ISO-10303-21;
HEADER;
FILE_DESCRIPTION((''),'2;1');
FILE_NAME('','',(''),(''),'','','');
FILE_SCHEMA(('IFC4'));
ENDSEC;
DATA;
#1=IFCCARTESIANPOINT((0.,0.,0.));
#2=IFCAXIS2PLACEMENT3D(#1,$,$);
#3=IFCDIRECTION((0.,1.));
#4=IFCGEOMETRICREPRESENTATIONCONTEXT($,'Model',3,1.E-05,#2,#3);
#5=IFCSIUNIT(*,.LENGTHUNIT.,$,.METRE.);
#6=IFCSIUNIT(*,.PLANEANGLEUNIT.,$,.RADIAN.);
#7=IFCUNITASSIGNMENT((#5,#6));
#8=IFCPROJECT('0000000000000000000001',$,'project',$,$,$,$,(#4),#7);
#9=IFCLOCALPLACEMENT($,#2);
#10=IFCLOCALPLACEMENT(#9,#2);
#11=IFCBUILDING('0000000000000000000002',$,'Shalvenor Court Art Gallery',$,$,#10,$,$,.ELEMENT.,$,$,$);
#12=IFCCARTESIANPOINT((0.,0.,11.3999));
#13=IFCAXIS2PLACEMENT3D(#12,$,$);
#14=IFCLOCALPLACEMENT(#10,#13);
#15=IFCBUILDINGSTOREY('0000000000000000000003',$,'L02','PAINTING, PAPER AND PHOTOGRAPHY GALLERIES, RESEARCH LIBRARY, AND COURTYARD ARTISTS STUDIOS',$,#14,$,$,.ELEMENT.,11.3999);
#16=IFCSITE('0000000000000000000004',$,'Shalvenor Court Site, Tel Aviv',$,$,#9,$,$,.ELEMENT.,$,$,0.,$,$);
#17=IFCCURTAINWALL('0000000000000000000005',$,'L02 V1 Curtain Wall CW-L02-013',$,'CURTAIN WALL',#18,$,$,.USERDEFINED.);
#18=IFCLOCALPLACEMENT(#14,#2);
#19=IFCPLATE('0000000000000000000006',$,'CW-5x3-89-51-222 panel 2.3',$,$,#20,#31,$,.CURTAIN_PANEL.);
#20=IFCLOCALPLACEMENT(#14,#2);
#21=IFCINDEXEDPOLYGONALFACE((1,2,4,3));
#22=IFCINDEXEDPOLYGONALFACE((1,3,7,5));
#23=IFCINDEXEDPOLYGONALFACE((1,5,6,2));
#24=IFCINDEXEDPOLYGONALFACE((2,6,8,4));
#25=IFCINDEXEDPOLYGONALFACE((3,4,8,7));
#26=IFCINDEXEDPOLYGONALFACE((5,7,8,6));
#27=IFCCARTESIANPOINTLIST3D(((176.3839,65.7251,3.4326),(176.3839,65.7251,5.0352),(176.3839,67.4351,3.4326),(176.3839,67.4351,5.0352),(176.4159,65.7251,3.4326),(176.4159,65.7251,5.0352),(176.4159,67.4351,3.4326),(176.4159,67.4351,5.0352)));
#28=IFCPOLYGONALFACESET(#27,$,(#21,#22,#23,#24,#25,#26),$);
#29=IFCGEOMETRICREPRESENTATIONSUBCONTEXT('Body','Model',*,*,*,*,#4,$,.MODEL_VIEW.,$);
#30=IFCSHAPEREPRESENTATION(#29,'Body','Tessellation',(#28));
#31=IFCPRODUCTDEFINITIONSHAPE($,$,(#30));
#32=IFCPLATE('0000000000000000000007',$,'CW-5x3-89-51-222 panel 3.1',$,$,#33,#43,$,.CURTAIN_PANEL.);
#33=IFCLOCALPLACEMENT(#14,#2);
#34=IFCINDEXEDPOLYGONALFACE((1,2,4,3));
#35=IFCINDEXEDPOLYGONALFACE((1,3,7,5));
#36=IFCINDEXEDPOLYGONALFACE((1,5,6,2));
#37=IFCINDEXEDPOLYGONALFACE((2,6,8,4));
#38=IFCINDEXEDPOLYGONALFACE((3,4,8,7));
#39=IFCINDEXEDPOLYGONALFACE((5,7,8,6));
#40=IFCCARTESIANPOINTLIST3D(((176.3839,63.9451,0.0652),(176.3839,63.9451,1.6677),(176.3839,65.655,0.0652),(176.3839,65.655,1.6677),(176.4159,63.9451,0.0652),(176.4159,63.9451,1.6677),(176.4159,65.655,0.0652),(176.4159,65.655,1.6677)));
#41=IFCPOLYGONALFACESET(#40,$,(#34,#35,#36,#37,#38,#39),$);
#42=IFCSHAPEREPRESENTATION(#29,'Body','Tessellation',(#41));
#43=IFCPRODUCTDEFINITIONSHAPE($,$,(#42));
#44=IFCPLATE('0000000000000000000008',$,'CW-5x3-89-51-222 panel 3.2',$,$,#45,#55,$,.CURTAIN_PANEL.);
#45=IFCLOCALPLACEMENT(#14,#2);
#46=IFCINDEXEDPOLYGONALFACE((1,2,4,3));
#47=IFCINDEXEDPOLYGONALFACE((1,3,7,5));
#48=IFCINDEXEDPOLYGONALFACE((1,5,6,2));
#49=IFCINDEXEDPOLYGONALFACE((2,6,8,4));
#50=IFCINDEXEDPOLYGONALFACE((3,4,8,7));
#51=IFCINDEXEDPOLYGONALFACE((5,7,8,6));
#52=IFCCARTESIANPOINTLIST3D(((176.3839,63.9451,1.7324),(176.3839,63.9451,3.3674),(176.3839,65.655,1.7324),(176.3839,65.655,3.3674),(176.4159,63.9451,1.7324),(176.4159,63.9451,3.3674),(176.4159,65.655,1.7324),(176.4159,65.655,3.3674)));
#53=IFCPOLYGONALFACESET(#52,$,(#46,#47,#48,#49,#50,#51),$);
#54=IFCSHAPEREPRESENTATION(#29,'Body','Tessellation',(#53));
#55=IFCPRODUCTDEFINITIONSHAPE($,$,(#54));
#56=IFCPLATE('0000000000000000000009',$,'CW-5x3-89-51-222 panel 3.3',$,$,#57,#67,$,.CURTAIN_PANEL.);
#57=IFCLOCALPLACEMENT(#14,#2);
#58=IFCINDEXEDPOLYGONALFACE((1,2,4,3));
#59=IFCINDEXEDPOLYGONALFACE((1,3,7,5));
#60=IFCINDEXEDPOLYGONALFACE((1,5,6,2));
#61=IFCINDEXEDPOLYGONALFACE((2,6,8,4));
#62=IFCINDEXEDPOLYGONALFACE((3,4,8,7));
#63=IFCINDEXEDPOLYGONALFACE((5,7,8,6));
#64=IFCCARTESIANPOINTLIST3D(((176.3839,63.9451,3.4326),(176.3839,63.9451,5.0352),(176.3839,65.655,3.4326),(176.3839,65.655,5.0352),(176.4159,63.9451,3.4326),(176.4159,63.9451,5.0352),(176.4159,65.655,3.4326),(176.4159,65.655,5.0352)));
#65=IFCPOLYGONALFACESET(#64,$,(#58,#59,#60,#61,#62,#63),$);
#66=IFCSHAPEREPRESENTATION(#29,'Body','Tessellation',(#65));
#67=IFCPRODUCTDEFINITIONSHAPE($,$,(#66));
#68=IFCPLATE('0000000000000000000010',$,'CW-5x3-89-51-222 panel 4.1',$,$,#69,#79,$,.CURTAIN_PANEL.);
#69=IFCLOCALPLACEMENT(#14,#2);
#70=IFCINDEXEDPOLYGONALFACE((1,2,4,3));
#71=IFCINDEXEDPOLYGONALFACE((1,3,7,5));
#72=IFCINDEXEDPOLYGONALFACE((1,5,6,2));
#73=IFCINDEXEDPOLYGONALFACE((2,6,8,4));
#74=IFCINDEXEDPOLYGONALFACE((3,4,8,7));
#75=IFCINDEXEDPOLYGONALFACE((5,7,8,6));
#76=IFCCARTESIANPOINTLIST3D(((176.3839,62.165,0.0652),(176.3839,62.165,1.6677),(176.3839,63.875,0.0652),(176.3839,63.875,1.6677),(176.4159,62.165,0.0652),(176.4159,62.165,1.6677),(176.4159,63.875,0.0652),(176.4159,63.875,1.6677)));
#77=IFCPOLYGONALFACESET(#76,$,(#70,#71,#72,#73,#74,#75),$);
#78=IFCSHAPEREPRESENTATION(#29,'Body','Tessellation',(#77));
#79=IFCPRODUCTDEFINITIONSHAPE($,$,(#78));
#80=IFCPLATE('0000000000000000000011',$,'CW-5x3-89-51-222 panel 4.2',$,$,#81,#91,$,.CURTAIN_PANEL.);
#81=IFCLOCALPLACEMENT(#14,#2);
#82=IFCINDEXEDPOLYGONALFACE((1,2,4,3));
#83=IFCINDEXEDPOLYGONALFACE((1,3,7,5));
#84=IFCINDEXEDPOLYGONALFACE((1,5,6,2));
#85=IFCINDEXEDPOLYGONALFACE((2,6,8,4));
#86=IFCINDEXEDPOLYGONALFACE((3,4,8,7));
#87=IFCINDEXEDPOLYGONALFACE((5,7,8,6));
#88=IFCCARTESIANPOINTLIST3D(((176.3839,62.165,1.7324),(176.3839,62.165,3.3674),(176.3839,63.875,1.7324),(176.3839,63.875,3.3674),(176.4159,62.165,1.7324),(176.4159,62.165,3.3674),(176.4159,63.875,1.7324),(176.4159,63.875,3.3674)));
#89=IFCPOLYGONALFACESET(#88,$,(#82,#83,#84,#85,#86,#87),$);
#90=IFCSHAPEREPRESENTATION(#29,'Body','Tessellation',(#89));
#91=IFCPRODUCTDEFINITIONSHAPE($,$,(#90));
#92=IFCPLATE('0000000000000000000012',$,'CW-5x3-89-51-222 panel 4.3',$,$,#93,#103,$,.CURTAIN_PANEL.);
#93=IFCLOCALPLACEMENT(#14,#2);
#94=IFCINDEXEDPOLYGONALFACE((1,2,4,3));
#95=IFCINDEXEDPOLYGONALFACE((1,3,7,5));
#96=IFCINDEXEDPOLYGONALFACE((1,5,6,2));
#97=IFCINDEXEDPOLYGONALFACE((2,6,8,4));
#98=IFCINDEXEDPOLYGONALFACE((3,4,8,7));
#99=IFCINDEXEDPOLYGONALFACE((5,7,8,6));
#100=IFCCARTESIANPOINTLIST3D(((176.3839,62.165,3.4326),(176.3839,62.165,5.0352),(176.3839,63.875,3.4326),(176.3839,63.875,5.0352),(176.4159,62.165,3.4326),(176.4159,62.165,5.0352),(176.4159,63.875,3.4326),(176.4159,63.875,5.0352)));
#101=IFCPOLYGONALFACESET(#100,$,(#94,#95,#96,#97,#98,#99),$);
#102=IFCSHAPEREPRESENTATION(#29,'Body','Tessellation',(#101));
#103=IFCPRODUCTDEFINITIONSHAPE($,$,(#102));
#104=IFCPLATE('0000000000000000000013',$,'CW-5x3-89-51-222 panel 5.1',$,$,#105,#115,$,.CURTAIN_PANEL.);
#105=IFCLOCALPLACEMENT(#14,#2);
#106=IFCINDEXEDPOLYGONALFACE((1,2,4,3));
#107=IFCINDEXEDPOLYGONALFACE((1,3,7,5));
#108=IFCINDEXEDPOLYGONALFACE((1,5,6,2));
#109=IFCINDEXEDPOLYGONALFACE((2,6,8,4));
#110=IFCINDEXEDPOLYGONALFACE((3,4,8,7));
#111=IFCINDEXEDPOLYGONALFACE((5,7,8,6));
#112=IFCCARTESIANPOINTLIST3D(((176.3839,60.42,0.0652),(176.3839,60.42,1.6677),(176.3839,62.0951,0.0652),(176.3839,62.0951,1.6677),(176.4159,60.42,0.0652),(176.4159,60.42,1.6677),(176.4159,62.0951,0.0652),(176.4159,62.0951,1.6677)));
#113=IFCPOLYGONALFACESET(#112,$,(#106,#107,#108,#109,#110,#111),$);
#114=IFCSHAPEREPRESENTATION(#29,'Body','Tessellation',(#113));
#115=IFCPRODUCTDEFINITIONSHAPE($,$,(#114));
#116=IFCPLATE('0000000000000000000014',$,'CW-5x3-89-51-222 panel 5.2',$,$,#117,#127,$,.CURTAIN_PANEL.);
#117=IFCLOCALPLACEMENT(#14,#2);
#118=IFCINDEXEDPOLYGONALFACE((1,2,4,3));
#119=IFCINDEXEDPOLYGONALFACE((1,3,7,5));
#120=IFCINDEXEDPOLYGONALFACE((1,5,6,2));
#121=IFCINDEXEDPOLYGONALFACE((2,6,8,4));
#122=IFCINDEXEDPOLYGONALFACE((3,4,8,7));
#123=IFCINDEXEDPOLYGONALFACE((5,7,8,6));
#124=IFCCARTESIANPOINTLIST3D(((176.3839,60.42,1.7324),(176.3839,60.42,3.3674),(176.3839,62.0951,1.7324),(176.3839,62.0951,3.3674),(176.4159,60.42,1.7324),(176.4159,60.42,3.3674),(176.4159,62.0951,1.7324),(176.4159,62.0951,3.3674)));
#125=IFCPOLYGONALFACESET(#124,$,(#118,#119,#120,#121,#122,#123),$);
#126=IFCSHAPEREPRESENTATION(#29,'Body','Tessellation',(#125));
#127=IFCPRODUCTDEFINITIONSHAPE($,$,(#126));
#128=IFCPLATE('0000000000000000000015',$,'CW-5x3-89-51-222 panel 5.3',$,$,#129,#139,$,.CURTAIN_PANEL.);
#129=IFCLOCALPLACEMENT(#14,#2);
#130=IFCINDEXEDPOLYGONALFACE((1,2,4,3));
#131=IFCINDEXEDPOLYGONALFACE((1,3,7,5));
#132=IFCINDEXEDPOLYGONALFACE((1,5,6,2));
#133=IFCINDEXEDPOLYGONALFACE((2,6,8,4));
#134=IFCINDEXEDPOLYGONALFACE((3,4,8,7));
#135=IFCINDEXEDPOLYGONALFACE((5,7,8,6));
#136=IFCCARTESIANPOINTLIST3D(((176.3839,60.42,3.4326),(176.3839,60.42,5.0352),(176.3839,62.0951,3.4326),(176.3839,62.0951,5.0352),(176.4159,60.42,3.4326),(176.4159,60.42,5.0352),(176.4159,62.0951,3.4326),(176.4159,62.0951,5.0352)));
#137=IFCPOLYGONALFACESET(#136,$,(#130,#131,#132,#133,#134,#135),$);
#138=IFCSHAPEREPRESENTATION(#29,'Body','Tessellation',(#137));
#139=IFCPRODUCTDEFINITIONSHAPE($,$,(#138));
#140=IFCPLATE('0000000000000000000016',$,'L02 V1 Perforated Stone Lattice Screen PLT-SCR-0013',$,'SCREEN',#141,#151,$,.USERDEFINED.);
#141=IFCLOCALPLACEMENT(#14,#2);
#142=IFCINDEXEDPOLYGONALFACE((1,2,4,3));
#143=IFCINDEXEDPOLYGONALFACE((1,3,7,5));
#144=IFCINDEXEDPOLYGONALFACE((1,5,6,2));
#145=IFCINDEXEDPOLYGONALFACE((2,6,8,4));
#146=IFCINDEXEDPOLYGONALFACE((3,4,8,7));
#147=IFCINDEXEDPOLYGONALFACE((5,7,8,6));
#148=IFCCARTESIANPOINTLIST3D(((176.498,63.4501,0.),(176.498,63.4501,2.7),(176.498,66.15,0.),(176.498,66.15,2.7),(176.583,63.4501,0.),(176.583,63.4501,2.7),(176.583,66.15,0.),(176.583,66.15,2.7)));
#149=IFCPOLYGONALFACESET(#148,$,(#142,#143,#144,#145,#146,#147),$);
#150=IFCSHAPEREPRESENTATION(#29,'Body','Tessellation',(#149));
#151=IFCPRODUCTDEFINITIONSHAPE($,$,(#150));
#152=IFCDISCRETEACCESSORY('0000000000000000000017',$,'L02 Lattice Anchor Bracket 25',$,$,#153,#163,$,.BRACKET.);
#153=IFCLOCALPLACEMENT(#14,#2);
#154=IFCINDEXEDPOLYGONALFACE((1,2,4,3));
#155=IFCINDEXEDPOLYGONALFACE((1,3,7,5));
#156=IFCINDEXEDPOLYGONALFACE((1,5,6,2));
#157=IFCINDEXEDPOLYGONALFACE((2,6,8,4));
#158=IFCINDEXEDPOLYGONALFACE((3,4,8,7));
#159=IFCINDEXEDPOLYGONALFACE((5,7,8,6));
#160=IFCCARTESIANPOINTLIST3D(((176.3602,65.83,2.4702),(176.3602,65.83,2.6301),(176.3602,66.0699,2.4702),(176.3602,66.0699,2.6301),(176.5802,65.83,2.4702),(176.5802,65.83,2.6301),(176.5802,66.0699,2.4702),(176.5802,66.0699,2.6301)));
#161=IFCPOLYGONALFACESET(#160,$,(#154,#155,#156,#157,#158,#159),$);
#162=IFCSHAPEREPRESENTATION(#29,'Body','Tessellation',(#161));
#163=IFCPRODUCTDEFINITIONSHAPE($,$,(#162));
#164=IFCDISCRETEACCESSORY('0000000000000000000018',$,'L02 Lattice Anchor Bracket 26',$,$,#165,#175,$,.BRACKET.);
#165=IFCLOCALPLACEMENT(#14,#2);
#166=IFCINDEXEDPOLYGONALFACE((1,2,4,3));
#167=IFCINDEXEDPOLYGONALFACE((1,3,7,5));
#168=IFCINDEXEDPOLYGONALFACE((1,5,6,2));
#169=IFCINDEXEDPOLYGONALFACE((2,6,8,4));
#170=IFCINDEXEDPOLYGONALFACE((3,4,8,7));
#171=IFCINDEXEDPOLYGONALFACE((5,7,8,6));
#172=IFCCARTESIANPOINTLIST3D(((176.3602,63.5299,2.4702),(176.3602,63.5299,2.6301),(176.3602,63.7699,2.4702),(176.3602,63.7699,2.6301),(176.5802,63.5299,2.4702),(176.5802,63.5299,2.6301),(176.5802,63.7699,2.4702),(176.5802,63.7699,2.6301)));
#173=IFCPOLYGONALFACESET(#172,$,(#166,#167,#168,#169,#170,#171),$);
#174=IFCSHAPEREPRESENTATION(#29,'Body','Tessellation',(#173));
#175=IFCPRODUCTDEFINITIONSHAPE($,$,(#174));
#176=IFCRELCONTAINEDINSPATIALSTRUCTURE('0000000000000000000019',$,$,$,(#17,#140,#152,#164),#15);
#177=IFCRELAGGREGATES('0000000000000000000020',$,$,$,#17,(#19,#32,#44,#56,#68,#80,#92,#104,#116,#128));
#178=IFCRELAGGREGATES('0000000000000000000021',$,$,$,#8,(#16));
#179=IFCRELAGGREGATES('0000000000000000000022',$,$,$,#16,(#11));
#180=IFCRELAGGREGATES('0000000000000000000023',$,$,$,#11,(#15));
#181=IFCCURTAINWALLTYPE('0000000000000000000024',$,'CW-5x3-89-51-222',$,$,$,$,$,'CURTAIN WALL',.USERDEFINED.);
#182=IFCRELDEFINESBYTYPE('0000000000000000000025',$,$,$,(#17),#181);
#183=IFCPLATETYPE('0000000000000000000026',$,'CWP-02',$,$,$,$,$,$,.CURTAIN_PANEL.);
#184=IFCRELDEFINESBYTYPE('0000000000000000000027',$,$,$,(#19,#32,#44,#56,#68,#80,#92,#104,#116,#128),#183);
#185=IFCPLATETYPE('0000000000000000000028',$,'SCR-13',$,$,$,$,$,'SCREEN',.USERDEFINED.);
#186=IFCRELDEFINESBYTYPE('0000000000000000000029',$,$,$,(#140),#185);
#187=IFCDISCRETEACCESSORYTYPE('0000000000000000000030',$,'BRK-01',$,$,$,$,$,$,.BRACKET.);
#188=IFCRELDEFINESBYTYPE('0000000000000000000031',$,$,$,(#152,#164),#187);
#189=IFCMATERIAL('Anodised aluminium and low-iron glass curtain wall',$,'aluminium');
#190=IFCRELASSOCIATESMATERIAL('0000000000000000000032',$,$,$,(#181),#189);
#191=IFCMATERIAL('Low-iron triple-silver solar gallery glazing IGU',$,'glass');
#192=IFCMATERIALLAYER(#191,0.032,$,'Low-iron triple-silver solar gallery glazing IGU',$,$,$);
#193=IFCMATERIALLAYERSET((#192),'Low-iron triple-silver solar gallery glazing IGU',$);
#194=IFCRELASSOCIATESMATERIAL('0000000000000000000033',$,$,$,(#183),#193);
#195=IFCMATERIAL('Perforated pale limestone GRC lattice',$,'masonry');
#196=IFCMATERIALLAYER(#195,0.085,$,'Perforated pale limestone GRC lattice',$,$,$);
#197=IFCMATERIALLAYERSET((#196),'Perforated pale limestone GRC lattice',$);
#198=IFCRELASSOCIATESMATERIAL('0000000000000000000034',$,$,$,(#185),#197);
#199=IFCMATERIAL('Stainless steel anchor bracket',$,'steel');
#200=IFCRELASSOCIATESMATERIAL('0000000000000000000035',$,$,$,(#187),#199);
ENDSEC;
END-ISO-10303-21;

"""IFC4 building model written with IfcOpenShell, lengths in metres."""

from ifc_helpers import new_model, si_unit, direction, frame, origin, origin_2d, place, context, subcontext, project, spatial, rectangle, extrude, material, layer, layer_set, type_object, element, aggregate, save


model = new_model("IFC4")

# Units and contexts
model_context = context("Model", 3, precision=1e-05, world=origin(), true_north=direction((0.0, 1.0)))
body_context = subcontext(model_context, "Body", "Model", "MODEL_VIEW")
ifc_project = project(units=[si_unit("LENGTHUNIT", "METRE"), si_unit("PLANEANGLEUNIT", "RADIAN")], contexts=[model_context])

# Site, building, storey
site_placement = place(None, origin())
site = spatial("IfcSite", under=ifc_project, at=site_placement, Name="Shalvenor Court Site, Tel Aviv", CompositionType="ELEMENT", RefElevation=0.0)
building_placement = place(site_placement, origin())
building = spatial("IfcBuilding", under=site, at=building_placement, Name="Shalvenor Court Art Gallery", CompositionType="ELEMENT")
storey_placement = place(building_placement, frame((0.0, 0.0, 11.3999)))
storey = spatial("IfcBuildingStorey", under=building, at=storey_placement, Name="L02", Description="PAINTING, PAPER AND PHOTOGRAPHY GALLERIES, RESEARCH LIBRARY, AND COURTYARD ARTISTS STUDIOS", CompositionType="ELEMENT", Elevation=11.3999)

# Curtain wall, plates
ifc_material_1 = material(Name="Anodised aluminium and low-iron glass curtain wall", Category="aluminium")
curtain_wall_type = type_object("IfcCurtainWallType", Name="CW-5x3-89-51-222", ElementType="CURTAIN WALL", PredefinedType="USERDEFINED", material=ifc_material_1)
curtain_wall_placement = place(storey_placement, origin())
curtain_wall = element("IfcCurtainWall", 1, at=curtain_wall_placement, inside=storey, type_object=curtain_wall_type, Name="L02 V1 Curtain Wall CW-L02-013", ObjectType="CURTAIN WALL", PredefinedType="USERDEFINED")
ifc_material_2 = material(Name="Low-iron triple-silver solar gallery glazing IGU", Category="glass")
ifc_layer_1 = layer(ifc_material_2, 0.032, Name="Low-iron triple-silver solar gallery glazing IGU")
ifc_layer_set_1 = layer_set([ifc_layer_1], Name="Low-iron triple-silver solar gallery glazing IGU")
plate_type_1 = type_object("IfcPlateType", Name="CWP-02", PredefinedType="CURTAIN_PANEL", material=ifc_layer_set_1)
plate_1_placement = place(storey_placement, frame((176.3999, 66.5801, 3.4326), z_axis=(0.0, 0.0, 1.0), x_axis=(0.0, -1.0, 0.0)))
plate_1 = element("IfcPlate", 2, at=plate_1_placement, type_object=plate_type_1, Name="CW-5x3-89-51-222 panel 2.3", PredefinedType="CURTAIN_PANEL", context=body_context, shape_type="SweptSolid", body=[
    extrude(rectangle(XDim=1.71, YDim=0.032, at=origin_2d()), origin(), (0.0, 0.0, 1.0), 1.6025),
])
plate_2_placement = place(storey_placement, frame((176.3999, 64.8, 0.0652), z_axis=(0.0, 0.0, 1.0), x_axis=(0.0, -1.0, 0.0)))
plate_2 = element("IfcPlate", 3, at=plate_2_placement, type_object=plate_type_1, Name="CW-5x3-89-51-222 panel 3.1", PredefinedType="CURTAIN_PANEL", context=body_context, shape_type="SweptSolid", body=[
    extrude(rectangle(XDim=1.71, YDim=0.032, at=origin_2d()), origin(), (0.0, 0.0, 1.0), 1.6025),
])
plate_3_placement = place(storey_placement, frame((176.3999, 64.8, 1.7324), z_axis=(0.0, 0.0, 1.0), x_axis=(0.0, -1.0, 0.0)))
plate_3 = element("IfcPlate", 4, at=plate_3_placement, type_object=plate_type_1, Name="CW-5x3-89-51-222 panel 3.2", PredefinedType="CURTAIN_PANEL", context=body_context, shape_type="SweptSolid", body=[
    extrude(rectangle(XDim=1.71, YDim=0.032, at=origin_2d()), origin(), (0.0, 0.0, 1.0), 1.635),
])
plate_4_placement = place(storey_placement, frame((176.3999, 64.8, 3.4326), z_axis=(0.0, 0.0, 1.0), x_axis=(0.0, -1.0, 0.0)))
plate_4 = element("IfcPlate", 5, at=plate_4_placement, type_object=plate_type_1, Name="CW-5x3-89-51-222 panel 3.3", PredefinedType="CURTAIN_PANEL", context=body_context, shape_type="SweptSolid", body=[
    extrude(rectangle(XDim=1.71, YDim=0.032, at=origin_2d()), origin(), (0.0, 0.0, 1.0), 1.6025),
])
plate_5_placement = place(storey_placement, frame((176.3999, 63.02, 0.0652), z_axis=(0.0, 0.0, 1.0), x_axis=(0.0, -1.0, 0.0)))
plate_5 = element("IfcPlate", 6, at=plate_5_placement, type_object=plate_type_1, Name="CW-5x3-89-51-222 panel 4.1", PredefinedType="CURTAIN_PANEL", context=body_context, shape_type="SweptSolid", body=[
    extrude(rectangle(XDim=1.71, YDim=0.032, at=origin_2d()), origin(), (0.0, 0.0, 1.0), 1.6025),
])
plate_6_placement = place(storey_placement, frame((176.3999, 63.02, 1.7324), z_axis=(0.0, 0.0, 1.0), x_axis=(0.0, -1.0, 0.0)))
plate_6 = element("IfcPlate", 7, at=plate_6_placement, type_object=plate_type_1, Name="CW-5x3-89-51-222 panel 4.2", PredefinedType="CURTAIN_PANEL", context=body_context, shape_type="SweptSolid", body=[
    extrude(rectangle(XDim=1.71, YDim=0.032, at=origin_2d()), origin(), (0.0, 0.0, 1.0), 1.635),
])
plate_7_placement = place(storey_placement, frame((176.3999, 63.02, 3.4326), z_axis=(0.0, 0.0, 1.0), x_axis=(0.0, -1.0, 0.0)))
plate_7 = element("IfcPlate", 8, at=plate_7_placement, type_object=plate_type_1, Name="CW-5x3-89-51-222 panel 4.3", PredefinedType="CURTAIN_PANEL", context=body_context, shape_type="SweptSolid", body=[
    extrude(rectangle(XDim=1.71, YDim=0.032, at=origin_2d()), origin(), (0.0, 0.0, 1.0), 1.6025),
])
plate_8_placement = place(storey_placement, frame((176.3999, 61.2576, 0.0652), z_axis=(0.0, 0.0, 1.0), x_axis=(0.0, -1.0, 0.0)))
plate_8 = element("IfcPlate", 9, at=plate_8_placement, type_object=plate_type_1, Name="CW-5x3-89-51-222 panel 5.1", PredefinedType="CURTAIN_PANEL", context=body_context, shape_type="SweptSolid", body=[
    extrude(rectangle(XDim=1.675, YDim=0.032, at=origin_2d()), origin(), (0.0, 0.0, 1.0), 1.6025),
])
plate_9_placement = place(storey_placement, frame((176.3999, 61.2576, 1.7324), z_axis=(0.0, 0.0, 1.0), x_axis=(0.0, -1.0, 0.0)))
plate_9 = element("IfcPlate", 10, at=plate_9_placement, type_object=plate_type_1, Name="CW-5x3-89-51-222 panel 5.2", PredefinedType="CURTAIN_PANEL", context=body_context, shape_type="SweptSolid", body=[
    extrude(rectangle(XDim=1.675, YDim=0.032, at=origin_2d()), origin(), (0.0, 0.0, 1.0), 1.635),
])
plate_10_placement = place(storey_placement, frame((176.3999, 61.2576, 3.4326), z_axis=(0.0, 0.0, 1.0), x_axis=(0.0, -1.0, 0.0)))
plate_10 = element("IfcPlate", 11, at=plate_10_placement, type_object=plate_type_1, Name="CW-5x3-89-51-222 panel 5.3", PredefinedType="CURTAIN_PANEL", context=body_context, shape_type="SweptSolid", body=[
    extrude(rectangle(XDim=1.675, YDim=0.032, at=origin_2d()), origin(), (0.0, 0.0, 1.0), 1.6025),
])
aggregate(curtain_wall, [plate_1, plate_2, plate_3, plate_4, plate_5, plate_6, plate_7, plate_8, plate_9, plate_10])

# Plate
ifc_material_3 = material(Name="Perforated pale limestone GRC lattice", Category="masonry")
ifc_layer_2 = layer(ifc_material_3, 0.085, Name="Perforated pale limestone GRC lattice")
ifc_layer_set_2 = layer_set([ifc_layer_2], Name="Perforated pale limestone GRC lattice")
plate_type_2 = type_object("IfcPlateType", Name="SCR-13", ElementType="SCREEN", PredefinedType="USERDEFINED", material=ifc_layer_set_2)
plate_11_placement = place(storey_placement, frame((176.5405, 64.8, 0.0), z_axis=(0.0, 0.0, 1.0), x_axis=(0.0, -1.0, 0.0)))
element("IfcPlate", 12, at=plate_11_placement, inside=storey, type_object=plate_type_2, Name="L02 V1 Perforated Stone Lattice Screen PLT-SCR-0013", ObjectType="SCREEN", PredefinedType="USERDEFINED", context=body_context, shape_type="SweptSolid", body=[
    extrude(rectangle(XDim=2.7, YDim=0.085, at=origin_2d()), origin(), (0.0, 0.0, 1.0), 2.7),
])

# Discrete accessories
ifc_material_4 = material(Name="Stainless steel anchor bracket", Category="steel")
discrete_accessory_type = type_object("IfcDiscreteAccessoryType", Name="BRK-01", PredefinedType="BRACKET", material=ifc_material_4)
for number, where, z_axis, x_axis, name in (
    (13, (176.4702, 65.95, 2.4702), (0.0, 0.0, 1.0), (0.0, -1.0, 0.0), "L02 Lattice Anchor Bracket 25"),
    (14, (176.4702, 63.6499, 2.4702), (0.0, 0.0, 1.0), (0.0, -1.0, 0.0), "L02 Lattice Anchor Bracket 26"),
):
    element("IfcDiscreteAccessory", number, at=place(storey_placement, frame(where, z_axis=z_axis, x_axis=x_axis)), inside=storey, type_object=discrete_accessory_type, Name=name, PredefinedType="BRACKET", context=body_context, shape_type="SweptSolid", body=[
        extrude(rectangle(XDim=0.24, YDim=0.22, at=origin_2d()), origin(), (0.0, 0.0, 1.0), 0.1599),
    ])

save(model, "model.ifc")
